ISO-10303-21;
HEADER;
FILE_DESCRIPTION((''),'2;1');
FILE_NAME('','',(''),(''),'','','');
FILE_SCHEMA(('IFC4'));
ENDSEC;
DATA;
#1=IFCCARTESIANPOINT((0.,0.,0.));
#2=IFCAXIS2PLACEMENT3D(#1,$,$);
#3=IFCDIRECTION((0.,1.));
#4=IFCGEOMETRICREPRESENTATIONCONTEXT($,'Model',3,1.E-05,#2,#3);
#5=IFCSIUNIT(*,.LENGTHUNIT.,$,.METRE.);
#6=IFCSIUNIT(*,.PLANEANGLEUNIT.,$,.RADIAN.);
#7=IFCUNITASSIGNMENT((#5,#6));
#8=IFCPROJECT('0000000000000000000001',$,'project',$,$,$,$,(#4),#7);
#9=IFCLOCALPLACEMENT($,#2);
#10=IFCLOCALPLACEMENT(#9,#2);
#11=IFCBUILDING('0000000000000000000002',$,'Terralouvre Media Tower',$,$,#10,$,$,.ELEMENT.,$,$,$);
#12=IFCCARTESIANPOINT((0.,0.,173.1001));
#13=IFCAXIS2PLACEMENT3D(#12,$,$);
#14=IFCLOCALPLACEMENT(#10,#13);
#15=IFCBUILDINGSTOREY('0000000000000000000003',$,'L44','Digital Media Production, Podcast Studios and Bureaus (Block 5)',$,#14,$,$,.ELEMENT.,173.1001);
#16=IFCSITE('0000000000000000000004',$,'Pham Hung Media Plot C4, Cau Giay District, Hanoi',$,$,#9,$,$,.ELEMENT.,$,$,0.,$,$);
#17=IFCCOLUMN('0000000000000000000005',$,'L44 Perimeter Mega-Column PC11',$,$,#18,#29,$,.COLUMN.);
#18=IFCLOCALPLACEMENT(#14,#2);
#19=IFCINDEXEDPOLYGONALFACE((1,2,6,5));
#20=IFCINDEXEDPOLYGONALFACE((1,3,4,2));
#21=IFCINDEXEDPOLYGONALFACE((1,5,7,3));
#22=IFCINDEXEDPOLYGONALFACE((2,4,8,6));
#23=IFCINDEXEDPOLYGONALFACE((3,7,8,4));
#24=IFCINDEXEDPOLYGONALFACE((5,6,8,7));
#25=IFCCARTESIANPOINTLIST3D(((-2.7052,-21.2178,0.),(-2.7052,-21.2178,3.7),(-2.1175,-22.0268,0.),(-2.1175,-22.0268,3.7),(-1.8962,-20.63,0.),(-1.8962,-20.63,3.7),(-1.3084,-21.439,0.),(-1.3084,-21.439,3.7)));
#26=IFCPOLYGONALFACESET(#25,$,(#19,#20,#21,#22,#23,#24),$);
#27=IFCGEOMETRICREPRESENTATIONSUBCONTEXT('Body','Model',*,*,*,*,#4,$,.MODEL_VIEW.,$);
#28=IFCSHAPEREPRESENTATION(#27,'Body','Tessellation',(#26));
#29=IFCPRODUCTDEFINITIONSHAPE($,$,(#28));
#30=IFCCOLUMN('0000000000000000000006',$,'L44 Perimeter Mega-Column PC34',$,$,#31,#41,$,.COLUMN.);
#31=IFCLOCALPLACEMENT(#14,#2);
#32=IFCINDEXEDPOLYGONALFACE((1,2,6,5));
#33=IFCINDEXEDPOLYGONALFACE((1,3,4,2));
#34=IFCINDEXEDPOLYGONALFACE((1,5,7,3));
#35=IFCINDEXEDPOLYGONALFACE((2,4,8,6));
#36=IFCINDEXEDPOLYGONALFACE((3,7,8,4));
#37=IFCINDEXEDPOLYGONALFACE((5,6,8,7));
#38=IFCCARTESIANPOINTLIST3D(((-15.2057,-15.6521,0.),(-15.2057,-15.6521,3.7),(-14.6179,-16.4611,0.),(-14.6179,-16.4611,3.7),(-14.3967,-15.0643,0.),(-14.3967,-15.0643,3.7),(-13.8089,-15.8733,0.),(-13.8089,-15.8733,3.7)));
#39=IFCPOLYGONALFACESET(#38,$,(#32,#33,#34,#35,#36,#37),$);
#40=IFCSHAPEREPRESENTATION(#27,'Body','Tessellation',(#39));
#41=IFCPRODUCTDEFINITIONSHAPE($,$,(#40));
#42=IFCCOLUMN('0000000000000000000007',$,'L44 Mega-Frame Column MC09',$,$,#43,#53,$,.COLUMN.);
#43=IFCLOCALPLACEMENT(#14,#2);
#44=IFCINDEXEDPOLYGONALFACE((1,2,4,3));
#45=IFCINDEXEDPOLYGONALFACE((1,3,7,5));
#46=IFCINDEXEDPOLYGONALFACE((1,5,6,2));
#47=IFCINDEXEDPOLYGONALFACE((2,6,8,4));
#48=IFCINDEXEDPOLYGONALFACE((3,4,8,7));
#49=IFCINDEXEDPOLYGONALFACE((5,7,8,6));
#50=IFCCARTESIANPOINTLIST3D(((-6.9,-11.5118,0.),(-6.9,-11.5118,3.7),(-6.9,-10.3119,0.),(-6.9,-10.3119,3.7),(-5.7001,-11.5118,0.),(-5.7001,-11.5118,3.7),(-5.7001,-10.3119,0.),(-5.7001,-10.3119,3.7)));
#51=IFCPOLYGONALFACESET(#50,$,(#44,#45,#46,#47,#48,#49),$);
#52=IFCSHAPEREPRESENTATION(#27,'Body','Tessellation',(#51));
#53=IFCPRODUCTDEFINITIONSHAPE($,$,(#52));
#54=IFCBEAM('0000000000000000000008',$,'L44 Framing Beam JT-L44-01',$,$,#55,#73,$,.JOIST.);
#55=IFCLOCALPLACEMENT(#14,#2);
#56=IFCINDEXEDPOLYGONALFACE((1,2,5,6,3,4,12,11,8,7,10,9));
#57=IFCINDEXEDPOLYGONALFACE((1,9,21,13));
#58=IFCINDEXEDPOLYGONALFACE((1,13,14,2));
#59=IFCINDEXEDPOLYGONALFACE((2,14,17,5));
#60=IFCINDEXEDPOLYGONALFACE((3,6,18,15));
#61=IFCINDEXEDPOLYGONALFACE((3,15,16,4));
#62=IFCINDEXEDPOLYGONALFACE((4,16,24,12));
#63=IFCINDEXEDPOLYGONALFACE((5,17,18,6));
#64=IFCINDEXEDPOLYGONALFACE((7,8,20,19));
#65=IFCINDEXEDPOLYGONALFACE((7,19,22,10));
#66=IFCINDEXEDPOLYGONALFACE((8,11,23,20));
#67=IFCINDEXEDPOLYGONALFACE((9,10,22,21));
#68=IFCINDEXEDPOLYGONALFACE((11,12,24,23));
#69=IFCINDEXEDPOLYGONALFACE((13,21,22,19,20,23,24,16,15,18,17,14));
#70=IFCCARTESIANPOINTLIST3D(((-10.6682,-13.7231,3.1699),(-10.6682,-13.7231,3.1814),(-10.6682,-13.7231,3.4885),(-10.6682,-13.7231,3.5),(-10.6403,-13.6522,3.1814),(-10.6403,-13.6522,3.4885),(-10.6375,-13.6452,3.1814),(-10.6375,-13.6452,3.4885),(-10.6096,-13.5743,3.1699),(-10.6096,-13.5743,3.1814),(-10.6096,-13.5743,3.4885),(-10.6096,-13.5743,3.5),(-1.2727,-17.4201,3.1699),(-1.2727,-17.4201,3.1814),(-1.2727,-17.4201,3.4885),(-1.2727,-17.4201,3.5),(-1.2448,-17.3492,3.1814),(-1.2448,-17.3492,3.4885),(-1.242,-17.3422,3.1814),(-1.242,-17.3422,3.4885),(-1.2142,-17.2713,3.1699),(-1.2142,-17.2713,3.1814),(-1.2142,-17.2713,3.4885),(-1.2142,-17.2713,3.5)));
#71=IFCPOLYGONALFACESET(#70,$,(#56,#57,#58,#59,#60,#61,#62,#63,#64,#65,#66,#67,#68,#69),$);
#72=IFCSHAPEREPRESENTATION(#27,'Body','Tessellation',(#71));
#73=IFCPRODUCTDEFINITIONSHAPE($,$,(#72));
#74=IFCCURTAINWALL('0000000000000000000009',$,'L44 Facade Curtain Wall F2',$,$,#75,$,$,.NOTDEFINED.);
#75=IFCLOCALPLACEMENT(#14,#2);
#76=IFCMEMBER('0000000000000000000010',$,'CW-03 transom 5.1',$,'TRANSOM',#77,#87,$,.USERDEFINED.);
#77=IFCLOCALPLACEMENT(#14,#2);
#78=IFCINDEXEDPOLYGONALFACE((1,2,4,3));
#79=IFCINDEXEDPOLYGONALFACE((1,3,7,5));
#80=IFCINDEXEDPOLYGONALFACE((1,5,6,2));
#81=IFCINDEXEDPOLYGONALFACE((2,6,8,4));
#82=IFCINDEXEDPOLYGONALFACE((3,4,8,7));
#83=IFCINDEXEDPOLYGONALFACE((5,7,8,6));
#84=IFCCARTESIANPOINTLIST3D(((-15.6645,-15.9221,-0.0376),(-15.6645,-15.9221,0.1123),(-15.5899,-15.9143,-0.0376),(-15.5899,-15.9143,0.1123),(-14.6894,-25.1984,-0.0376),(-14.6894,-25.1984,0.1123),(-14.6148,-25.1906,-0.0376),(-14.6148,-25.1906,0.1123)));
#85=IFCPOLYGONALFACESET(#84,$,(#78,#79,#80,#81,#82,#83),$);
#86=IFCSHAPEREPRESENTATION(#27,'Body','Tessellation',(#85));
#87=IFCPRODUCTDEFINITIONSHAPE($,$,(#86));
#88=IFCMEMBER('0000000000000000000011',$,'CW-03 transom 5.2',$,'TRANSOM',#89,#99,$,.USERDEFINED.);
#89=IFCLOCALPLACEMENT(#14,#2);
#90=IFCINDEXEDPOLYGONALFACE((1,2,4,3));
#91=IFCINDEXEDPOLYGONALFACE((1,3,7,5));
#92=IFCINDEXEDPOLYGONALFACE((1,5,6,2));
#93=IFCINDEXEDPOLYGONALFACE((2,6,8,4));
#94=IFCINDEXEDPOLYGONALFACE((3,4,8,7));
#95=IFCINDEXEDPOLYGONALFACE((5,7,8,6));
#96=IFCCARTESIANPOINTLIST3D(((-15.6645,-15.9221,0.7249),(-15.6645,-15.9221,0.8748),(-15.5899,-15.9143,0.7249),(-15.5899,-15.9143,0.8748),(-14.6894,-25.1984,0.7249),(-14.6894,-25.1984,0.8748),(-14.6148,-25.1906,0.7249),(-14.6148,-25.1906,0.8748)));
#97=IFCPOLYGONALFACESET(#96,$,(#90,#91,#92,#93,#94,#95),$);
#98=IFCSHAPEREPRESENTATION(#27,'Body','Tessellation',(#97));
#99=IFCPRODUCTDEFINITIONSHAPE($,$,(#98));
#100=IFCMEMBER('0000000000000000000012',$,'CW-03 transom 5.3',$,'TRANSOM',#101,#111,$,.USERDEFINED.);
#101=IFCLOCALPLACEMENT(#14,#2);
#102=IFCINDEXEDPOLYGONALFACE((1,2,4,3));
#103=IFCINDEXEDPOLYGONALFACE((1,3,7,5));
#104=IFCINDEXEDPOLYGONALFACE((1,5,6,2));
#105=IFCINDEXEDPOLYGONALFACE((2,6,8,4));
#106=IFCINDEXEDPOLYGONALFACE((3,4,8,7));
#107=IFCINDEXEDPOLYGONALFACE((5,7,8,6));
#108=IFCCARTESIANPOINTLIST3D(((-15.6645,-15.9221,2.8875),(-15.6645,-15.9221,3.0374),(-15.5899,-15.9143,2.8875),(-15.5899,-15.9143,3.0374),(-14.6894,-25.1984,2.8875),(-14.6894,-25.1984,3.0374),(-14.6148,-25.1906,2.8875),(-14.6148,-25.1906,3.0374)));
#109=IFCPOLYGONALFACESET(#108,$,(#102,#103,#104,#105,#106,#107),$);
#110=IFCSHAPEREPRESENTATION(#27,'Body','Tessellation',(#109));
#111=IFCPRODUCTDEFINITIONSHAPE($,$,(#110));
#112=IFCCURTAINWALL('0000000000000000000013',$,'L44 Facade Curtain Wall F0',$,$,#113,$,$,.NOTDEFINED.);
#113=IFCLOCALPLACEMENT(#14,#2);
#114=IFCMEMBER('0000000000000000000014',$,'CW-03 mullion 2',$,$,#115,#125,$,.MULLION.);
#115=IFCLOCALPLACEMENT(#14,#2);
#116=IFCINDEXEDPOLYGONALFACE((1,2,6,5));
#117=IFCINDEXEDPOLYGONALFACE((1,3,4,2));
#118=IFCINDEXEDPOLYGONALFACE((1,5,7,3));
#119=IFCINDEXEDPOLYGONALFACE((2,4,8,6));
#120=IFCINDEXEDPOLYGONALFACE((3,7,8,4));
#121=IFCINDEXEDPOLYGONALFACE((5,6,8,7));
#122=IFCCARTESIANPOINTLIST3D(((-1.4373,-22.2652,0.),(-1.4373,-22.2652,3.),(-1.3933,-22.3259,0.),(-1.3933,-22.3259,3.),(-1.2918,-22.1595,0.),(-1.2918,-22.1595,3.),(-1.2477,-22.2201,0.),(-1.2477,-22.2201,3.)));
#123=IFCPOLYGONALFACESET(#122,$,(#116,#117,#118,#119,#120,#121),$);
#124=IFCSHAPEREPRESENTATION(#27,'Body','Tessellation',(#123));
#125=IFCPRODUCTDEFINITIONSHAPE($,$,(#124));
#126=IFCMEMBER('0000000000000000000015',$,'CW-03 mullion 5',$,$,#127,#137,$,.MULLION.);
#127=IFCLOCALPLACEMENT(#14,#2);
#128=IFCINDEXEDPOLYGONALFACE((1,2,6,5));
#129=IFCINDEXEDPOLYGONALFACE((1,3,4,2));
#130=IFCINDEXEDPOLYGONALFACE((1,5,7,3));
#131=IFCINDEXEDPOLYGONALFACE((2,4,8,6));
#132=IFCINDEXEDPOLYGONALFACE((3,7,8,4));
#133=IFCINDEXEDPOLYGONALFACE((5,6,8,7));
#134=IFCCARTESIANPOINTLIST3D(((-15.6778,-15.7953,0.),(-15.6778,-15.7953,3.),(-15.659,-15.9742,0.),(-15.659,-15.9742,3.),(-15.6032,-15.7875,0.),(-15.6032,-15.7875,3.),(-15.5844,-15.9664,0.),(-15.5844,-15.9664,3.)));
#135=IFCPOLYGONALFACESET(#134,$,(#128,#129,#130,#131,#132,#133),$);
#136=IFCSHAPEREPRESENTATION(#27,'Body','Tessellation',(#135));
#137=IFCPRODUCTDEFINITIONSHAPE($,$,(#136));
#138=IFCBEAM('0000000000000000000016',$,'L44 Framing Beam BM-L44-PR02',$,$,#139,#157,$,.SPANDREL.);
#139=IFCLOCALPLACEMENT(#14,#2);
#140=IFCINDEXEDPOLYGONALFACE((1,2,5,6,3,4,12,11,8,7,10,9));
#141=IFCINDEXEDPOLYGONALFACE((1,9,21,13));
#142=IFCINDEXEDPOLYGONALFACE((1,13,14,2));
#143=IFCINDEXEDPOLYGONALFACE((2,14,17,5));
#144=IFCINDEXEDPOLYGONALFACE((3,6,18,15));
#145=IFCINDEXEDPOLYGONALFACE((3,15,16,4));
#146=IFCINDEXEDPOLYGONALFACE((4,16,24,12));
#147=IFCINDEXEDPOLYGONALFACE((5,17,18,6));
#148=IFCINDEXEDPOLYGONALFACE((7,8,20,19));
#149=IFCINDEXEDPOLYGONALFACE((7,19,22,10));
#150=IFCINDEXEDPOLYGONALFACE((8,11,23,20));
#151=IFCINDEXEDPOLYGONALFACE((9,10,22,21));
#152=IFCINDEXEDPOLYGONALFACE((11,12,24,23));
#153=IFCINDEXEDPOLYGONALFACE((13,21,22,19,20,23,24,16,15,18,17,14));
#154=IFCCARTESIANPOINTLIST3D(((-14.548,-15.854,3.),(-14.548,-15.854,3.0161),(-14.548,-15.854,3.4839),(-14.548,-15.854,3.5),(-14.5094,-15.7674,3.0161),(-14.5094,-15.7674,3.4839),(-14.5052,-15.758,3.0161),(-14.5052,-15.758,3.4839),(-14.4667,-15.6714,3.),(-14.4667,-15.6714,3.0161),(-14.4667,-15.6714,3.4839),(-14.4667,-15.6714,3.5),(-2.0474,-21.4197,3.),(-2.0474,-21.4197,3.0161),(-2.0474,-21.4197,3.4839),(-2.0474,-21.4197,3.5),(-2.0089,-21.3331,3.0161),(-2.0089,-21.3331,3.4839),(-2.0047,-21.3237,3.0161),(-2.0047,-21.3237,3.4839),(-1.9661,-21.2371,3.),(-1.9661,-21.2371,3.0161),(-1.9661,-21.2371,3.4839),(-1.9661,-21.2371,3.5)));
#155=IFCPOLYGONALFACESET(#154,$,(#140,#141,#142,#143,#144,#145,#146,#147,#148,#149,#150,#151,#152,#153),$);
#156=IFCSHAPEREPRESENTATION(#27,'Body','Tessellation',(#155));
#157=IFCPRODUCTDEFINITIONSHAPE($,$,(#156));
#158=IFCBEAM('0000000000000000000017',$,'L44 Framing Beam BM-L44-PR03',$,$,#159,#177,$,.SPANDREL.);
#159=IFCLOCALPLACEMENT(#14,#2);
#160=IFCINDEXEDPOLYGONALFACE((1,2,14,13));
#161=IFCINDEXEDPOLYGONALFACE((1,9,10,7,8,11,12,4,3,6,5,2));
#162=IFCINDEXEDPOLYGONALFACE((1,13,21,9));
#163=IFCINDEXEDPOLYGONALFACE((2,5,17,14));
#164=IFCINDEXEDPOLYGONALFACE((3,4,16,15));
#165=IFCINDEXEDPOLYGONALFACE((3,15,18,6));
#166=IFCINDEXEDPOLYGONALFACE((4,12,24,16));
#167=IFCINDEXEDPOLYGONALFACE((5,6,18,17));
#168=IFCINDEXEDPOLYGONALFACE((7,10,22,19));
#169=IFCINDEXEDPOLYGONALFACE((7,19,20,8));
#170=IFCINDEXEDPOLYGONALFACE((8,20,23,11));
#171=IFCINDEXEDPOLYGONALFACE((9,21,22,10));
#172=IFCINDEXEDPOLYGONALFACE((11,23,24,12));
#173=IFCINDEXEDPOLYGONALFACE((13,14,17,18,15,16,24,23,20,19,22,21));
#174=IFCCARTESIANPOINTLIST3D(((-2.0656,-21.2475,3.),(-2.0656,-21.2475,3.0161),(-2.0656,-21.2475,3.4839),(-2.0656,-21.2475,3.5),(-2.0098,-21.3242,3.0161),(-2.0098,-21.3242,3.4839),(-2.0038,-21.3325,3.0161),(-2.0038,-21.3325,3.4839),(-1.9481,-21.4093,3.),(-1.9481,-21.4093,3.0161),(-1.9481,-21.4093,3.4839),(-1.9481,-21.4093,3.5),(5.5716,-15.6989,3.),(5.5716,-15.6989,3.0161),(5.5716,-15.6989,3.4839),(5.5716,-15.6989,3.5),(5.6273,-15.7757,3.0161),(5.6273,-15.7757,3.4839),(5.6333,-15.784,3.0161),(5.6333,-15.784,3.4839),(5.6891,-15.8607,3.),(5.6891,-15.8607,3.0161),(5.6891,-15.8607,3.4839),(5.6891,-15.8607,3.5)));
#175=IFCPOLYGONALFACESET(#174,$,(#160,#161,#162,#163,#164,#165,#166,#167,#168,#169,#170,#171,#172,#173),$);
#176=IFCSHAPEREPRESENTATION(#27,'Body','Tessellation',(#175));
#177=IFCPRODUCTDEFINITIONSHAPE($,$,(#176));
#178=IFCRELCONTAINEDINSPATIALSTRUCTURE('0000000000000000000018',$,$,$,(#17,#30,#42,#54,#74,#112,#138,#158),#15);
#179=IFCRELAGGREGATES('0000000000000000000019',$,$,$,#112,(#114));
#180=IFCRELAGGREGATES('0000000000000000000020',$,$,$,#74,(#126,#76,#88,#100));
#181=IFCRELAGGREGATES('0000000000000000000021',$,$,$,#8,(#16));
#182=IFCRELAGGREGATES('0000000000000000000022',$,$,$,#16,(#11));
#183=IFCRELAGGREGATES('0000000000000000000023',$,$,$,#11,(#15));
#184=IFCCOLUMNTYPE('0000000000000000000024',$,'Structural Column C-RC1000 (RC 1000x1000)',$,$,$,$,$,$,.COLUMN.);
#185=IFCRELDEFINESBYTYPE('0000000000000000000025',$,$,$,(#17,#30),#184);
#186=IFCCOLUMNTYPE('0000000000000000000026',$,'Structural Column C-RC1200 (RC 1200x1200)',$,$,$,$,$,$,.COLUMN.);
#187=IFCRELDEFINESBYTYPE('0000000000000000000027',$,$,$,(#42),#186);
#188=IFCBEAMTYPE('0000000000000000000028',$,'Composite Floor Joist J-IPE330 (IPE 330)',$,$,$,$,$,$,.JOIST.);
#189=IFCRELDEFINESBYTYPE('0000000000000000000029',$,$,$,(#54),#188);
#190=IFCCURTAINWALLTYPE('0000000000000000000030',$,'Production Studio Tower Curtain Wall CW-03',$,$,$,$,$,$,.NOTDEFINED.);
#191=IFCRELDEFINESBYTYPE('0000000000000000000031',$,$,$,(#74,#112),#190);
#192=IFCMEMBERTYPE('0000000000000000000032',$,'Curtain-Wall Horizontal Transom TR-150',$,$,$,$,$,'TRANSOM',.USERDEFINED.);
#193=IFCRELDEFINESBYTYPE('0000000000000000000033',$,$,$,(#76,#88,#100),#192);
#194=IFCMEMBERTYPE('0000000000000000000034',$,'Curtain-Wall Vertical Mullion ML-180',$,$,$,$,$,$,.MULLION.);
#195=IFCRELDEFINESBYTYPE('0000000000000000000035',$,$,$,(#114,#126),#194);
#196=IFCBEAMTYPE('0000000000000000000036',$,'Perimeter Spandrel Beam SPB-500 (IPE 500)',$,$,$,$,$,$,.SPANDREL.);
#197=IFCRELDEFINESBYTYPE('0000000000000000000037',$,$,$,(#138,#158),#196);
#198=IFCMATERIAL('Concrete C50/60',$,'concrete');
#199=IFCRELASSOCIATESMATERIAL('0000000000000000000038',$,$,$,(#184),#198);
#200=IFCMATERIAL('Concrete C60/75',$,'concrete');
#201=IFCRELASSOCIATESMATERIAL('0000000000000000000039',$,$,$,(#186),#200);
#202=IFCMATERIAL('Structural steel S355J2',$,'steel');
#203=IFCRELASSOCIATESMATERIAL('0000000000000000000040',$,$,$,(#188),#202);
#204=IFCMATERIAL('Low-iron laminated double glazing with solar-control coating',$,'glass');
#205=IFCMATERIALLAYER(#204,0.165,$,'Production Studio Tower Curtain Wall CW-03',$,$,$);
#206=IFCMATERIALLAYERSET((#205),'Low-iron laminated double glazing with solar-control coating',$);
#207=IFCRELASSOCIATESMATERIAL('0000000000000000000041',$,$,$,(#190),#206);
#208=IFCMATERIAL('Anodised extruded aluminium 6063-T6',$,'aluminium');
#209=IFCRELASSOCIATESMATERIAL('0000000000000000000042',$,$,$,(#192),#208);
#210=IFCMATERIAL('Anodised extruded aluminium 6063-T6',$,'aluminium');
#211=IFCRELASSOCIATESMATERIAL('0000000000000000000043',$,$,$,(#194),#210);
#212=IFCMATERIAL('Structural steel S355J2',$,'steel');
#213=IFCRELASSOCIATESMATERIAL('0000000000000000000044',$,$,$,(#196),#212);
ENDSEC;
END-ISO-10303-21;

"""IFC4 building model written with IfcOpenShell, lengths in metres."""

from ifc_helpers import new_model, si_unit, direction, frame, origin, origin_2d, place, context, subcontext, project, spatial, rectangle, i_section, extrude, material, layer, layer_set, material_profile, profile_set, type_object, element, aggregate, save


model = new_model("IFC4")

# Units and contexts
model_context = context("Model", 3, precision=1e-05, world=origin(), true_north=direction((0.0, 1.0)))
body_context = subcontext(model_context, "Body", "Model", "MODEL_VIEW")
ifc_project = project(units=[si_unit("LENGTHUNIT", "METRE"), si_unit("PLANEANGLEUNIT", "RADIAN")], contexts=[model_context])

# Site, building, storey
site_placement = place(None, origin())
site = spatial("IfcSite", under=ifc_project, at=site_placement, Name="Pham Hung Media Plot C4, Cau Giay District, Hanoi", CompositionType="ELEMENT", RefElevation=0.0)
building_placement = place(site_placement, origin())
building = spatial("IfcBuilding", under=site, at=building_placement, Name="Terralouvre Media Tower", CompositionType="ELEMENT")
storey_placement = place(building_placement, frame((0.0, 0.0, 173.1001)))
storey = spatial("IfcBuildingStorey", under=building, at=storey_placement, Name="L44", Description="Digital Media Production, Podcast Studios and Bureaus (Block 5)", CompositionType="ELEMENT", Elevation=173.1001)

# Columns
ifc_material_1 = material(Name="Concrete C50/60", Category="concrete")
ifc_material_profile_1 = material_profile(ifc_material_1, rectangle(XDim=1.0, YDim=1.0, at=origin_2d()), Name="RC 1000x1000")
ifc_profile_set_1 = profile_set([ifc_material_profile_1], Name="Concrete C50/60")
column_type_1 = type_object("IfcColumnType", Name="Structural Column C-RC1000 (RC 1000x1000)", PredefinedType="COLUMN", material=ifc_profile_set_1)
for number, where, z_axis, x_axis, name in (
    (1, (-2.0068, -21.3284, 0.0), (0.0, 0.0, 1.0), (0.809017, 0.587785, 0.0), "L44 Perimeter Mega-Column PC11"),
    (2, (-14.5073, -15.7627, 0.0), (0.0, 0.0, 1.0), (0.809017, 0.587785, 0.0), "L44 Perimeter Mega-Column PC34"),
):
    element("IfcColumn", number, at=place(storey_placement, frame(where, z_axis=z_axis, x_axis=x_axis)), inside=storey, type_object=column_type_1, Name=name, PredefinedType="COLUMN", context=body_context, shape_type="SweptSolid", body=[
        extrude(rectangle(XDim=1.0, YDim=1.0, at=origin_2d()), origin(), (0.0, 0.0, 1.0), 3.7),
    ])
ifc_material_2 = material(Name="Concrete C60/75", Category="concrete")
ifc_material_profile_2 = material_profile(ifc_material_2, rectangle(XDim=1.2, YDim=1.2, at=origin_2d()), Name="RC 1200x1200")
ifc_profile_set_2 = profile_set([ifc_material_profile_2], Name="Concrete C60/75")
column_type_2 = type_object("IfcColumnType", Name="Structural Column C-RC1200 (RC 1200x1200)", PredefinedType="COLUMN", material=ifc_profile_set_2)
column_placement = place(storey_placement, frame((-6.3, -10.9119, 0.0), z_axis=(0.0, 0.0, 1.0), x_axis=(1.0, 0.0, 0.0)))
element("IfcColumn", 3, at=column_placement, inside=storey, type_object=column_type_2, Name="L44 Mega-Frame Column MC09", PredefinedType="COLUMN", context=body_context, shape_type="SweptSolid", body=[
    extrude(rectangle(XDim=1.2, YDim=1.2, at=origin_2d()), origin(), (0.0, 0.0, 1.0), 3.7),
])

# Beam
ifc_material_3 = material(Name="Structural steel S355J2", Category="steel")
ifc_material_profile_3 = material_profile(ifc_material_3, i_section(OverallWidth=0.1599, OverallDepth=0.3301, WebThickness=0.0076, FlangeThickness=0.0115, at=origin_2d()), Name="IPE 330")
ifc_profile_set_3 = profile_set([ifc_material_profile_3], Name="Structural steel S355J2")
beam_type_1 = type_object("IfcBeamType", Name="Composite Floor Joist J-IPE330 (IPE 330)", PredefinedType="JOIST", material=ifc_profile_set_3)
beam_1_placement = place(storey_placement, frame((-10.6389, -13.6487, 3.335), z_axis=(0.930552, -0.366161, 0.0), x_axis=(0.366161, 0.930552, 0.0)))
element("IfcBeam", 4, at=beam_1_placement, inside=storey, type_object=beam_type_1, Name="L44 Framing Beam JT-L44-01", PredefinedType="JOIST", context=body_context, shape_type="SweptSolid", body=[
    extrude(i_section(OverallWidth=0.1599, OverallDepth=0.3301, WebThickness=0.0076, FlangeThickness=0.0115, at=origin_2d()), origin(), (0.0, 0.0, 1.0), 10.0967),
])

# Curtain wall, members
ifc_material_4 = material(Name="Low-iron laminated double glazing with solar-control coating", Category="glass")
ifc_layer_1 = layer(ifc_material_4, 0.165, Name="Production Studio Tower Curtain Wall CW-03")
ifc_layer_set_1 = layer_set([ifc_layer_1], Name="Low-iron laminated double glazing with solar-control coating")
curtain_wall_type = type_object("IfcCurtainWallType", Name="Production Studio Tower Curtain Wall CW-03", PredefinedType="NOTDEFINED", material=ifc_layer_set_1)
curtain_wall_1_placement = place(storey_placement, origin())
curtain_wall_1 = element("IfcCurtainWall", 5, at=curtain_wall_1_placement, inside=storey, type_object=curtain_wall_type, Name="L44 Facade Curtain Wall F2", PredefinedType="NOTDEFINED")
ifc_material_5 = material(Name="Anodised extruded aluminium 6063-T6", Category="aluminium")
ifc_material_profile_4 = material_profile(ifc_material_5, rectangle(XDim=0.075, YDim=0.1499, at=origin_2d()), Name="ALU 75x150")
ifc_profile_set_4 = profile_set([ifc_material_profile_4], Name="Anodised extruded aluminium 6063-T6")
member_type_1 = type_object("IfcMemberType", Name="Curtain-Wall Horizontal Transom TR-150", ElementType="TRANSOM", PredefinedType="USERDEFINED", material=ifc_profile_set_4)
member_1_placement = place(storey_placement, frame((-15.6272, -15.9182, 0.0374), z_axis=(0.10454, -0.994521, 0.0), x_axis=(0.994521, 0.10454, 0.0)))
member_1 = element("IfcMember", 6, at=member_1_placement, type_object=member_type_1, Name="CW-03 transom 5.1", ObjectType="TRANSOM", PredefinedType="USERDEFINED", context=body_context, shape_type="SweptSolid", body=[
    extrude(rectangle(XDim=0.075, YDim=0.1499, at=origin_2d()), origin(), (0.0, 0.0, 1.0), 9.3274),
])
member_2_placement = place(storey_placement, frame((-15.6272, -15.9182, 0.7998), z_axis=(0.10454, -0.994521, 0.0), x_axis=(0.994521, 0.10454, 0.0)))
member_2 = element("IfcMember", 7, at=member_2_placement, type_object=member_type_1, Name="CW-03 transom 5.2", ObjectType="TRANSOM", PredefinedType="USERDEFINED", context=body_context, shape_type="SweptSolid", body=[
    extrude(rectangle(XDim=0.075, YDim=0.1499, at=origin_2d()), origin(), (0.0, 0.0, 1.0), 9.3274),
])
member_3_placement = place(storey_placement, frame((-15.6272, -15.9182, 2.9624), z_axis=(0.10454, -0.994521, 0.0), x_axis=(0.994521, 0.10454, 0.0)))
member_3 = element("IfcMember", 8, at=member_3_placement, type_object=member_type_1, Name="CW-03 transom 5.3", ObjectType="TRANSOM", PredefinedType="USERDEFINED", context=body_context, shape_type="SweptSolid", body=[
    extrude(rectangle(XDim=0.075, YDim=0.1499, at=origin_2d()), origin(), (0.0, 0.0, 1.0), 9.3274),
])

# Curtain wall, member
curtain_wall_2_placement = place(storey_placement, origin())
curtain_wall_2 = element("IfcCurtainWall", 9, at=curtain_wall_2_placement, inside=storey, type_object=curtain_wall_type, Name="L44 Facade Curtain Wall F0", PredefinedType="NOTDEFINED")
ifc_material_6 = material(Name="Anodised extruded aluminium 6063-T6", Category="aluminium")
ifc_material_profile_5 = material_profile(ifc_material_6, rectangle(XDim=0.075, YDim=0.1799, at=origin_2d()), Name="ALU 75x180")
ifc_profile_set_5 = profile_set([ifc_material_profile_5], Name="Anodised extruded aluminium 6063-T6")
member_type_2 = type_object("IfcMemberType", Name="Curtain-Wall Vertical Mullion ML-180", PredefinedType="MULLION", material=ifc_profile_set_5)
member_4_placement = place(storey_placement, frame((-1.3425, -22.2427, 0.0), z_axis=(0.0, 0.0, 1.0), x_axis=(-0.587785, 0.809017, 0.0)))
member_4 = element("IfcMember", 10, at=member_4_placement, type_object=member_type_2, Name="CW-03 mullion 2", PredefinedType="MULLION", context=body_context, shape_type="SweptSolid", body=[
    extrude(rectangle(XDim=0.075, YDim=0.1799, at=origin_2d()), origin(), (0.0, 0.0, 1.0), 3.0),
])
aggregate(curtain_wall_2, [member_4])

# Member
member_5_placement = place(storey_placement, frame((-15.6311, -15.8809, 0.0), z_axis=(0.0, 0.0, 1.0), x_axis=(0.994522, 0.104528, 0.0)))
member_5 = element("IfcMember", 11, at=member_5_placement, type_object=member_type_2, Name="CW-03 mullion 5", PredefinedType="MULLION", context=body_context, shape_type="SweptSolid", body=[
    extrude(rectangle(XDim=0.075, YDim=0.1799, at=origin_2d()), origin(), (0.0, 0.0, 1.0), 3.0),
])

# Beams
ifc_material_7 = material(Name="Structural steel S355J2", Category="steel")
ifc_material_profile_6 = material_profile(ifc_material_7, i_section(OverallWidth=0.2, OverallDepth=0.5, WebThickness=0.0103, FlangeThickness=0.0161, at=origin_2d()), Name="IPE 500")
ifc_profile_set_6 = profile_set([ifc_material_profile_6], Name="Structural steel S355J2")
beam_type_2 = type_object("IfcBeamType", Name="Perimeter Spandrel Beam SPB-500 (IPE 500)", PredefinedType="SPANDREL", material=ifc_profile_set_6)
beam_2_placement = place(storey_placement, frame((-14.5073, -15.7627, 3.25), z_axis=(0.913543, -0.406743, 0.0), x_axis=(0.406743, 0.913543, 0.0)))
element("IfcBeam", 12, at=beam_2_placement, inside=storey, type_object=beam_type_2, Name="L44 Framing Beam BM-L44-PR02", PredefinedType="SPANDREL", context=body_context, shape_type="SweptSolid", body=[
    extrude(i_section(OverallWidth=0.2, OverallDepth=0.5, WebThickness=0.0103, FlangeThickness=0.0161, at=origin_2d()), origin(), (0.0, 0.0, 1.0), 13.6836),
])
beam_3_placement = place(storey_placement, frame((-2.0068, -21.3284, 3.25), z_axis=(0.809026, 0.587773, 0.0), x_axis=(-0.587773, 0.809026, 0.0)))
element("IfcBeam", 13, at=beam_3_placement, inside=storey, type_object=beam_type_2, Name="L44 Framing Beam BM-L44-PR03", PredefinedType="SPANDREL", context=body_context, shape_type="SweptSolid", body=[
    extrude(i_section(OverallWidth=0.2, OverallDepth=0.5, WebThickness=0.0103, FlangeThickness=0.0161, at=origin_2d()), origin(), (0.0, 0.0, 1.0), 9.4399),
])

aggregate(curtain_wall_1, [member_5, member_1, member_2, member_3])

save(model, "model.ifc")
